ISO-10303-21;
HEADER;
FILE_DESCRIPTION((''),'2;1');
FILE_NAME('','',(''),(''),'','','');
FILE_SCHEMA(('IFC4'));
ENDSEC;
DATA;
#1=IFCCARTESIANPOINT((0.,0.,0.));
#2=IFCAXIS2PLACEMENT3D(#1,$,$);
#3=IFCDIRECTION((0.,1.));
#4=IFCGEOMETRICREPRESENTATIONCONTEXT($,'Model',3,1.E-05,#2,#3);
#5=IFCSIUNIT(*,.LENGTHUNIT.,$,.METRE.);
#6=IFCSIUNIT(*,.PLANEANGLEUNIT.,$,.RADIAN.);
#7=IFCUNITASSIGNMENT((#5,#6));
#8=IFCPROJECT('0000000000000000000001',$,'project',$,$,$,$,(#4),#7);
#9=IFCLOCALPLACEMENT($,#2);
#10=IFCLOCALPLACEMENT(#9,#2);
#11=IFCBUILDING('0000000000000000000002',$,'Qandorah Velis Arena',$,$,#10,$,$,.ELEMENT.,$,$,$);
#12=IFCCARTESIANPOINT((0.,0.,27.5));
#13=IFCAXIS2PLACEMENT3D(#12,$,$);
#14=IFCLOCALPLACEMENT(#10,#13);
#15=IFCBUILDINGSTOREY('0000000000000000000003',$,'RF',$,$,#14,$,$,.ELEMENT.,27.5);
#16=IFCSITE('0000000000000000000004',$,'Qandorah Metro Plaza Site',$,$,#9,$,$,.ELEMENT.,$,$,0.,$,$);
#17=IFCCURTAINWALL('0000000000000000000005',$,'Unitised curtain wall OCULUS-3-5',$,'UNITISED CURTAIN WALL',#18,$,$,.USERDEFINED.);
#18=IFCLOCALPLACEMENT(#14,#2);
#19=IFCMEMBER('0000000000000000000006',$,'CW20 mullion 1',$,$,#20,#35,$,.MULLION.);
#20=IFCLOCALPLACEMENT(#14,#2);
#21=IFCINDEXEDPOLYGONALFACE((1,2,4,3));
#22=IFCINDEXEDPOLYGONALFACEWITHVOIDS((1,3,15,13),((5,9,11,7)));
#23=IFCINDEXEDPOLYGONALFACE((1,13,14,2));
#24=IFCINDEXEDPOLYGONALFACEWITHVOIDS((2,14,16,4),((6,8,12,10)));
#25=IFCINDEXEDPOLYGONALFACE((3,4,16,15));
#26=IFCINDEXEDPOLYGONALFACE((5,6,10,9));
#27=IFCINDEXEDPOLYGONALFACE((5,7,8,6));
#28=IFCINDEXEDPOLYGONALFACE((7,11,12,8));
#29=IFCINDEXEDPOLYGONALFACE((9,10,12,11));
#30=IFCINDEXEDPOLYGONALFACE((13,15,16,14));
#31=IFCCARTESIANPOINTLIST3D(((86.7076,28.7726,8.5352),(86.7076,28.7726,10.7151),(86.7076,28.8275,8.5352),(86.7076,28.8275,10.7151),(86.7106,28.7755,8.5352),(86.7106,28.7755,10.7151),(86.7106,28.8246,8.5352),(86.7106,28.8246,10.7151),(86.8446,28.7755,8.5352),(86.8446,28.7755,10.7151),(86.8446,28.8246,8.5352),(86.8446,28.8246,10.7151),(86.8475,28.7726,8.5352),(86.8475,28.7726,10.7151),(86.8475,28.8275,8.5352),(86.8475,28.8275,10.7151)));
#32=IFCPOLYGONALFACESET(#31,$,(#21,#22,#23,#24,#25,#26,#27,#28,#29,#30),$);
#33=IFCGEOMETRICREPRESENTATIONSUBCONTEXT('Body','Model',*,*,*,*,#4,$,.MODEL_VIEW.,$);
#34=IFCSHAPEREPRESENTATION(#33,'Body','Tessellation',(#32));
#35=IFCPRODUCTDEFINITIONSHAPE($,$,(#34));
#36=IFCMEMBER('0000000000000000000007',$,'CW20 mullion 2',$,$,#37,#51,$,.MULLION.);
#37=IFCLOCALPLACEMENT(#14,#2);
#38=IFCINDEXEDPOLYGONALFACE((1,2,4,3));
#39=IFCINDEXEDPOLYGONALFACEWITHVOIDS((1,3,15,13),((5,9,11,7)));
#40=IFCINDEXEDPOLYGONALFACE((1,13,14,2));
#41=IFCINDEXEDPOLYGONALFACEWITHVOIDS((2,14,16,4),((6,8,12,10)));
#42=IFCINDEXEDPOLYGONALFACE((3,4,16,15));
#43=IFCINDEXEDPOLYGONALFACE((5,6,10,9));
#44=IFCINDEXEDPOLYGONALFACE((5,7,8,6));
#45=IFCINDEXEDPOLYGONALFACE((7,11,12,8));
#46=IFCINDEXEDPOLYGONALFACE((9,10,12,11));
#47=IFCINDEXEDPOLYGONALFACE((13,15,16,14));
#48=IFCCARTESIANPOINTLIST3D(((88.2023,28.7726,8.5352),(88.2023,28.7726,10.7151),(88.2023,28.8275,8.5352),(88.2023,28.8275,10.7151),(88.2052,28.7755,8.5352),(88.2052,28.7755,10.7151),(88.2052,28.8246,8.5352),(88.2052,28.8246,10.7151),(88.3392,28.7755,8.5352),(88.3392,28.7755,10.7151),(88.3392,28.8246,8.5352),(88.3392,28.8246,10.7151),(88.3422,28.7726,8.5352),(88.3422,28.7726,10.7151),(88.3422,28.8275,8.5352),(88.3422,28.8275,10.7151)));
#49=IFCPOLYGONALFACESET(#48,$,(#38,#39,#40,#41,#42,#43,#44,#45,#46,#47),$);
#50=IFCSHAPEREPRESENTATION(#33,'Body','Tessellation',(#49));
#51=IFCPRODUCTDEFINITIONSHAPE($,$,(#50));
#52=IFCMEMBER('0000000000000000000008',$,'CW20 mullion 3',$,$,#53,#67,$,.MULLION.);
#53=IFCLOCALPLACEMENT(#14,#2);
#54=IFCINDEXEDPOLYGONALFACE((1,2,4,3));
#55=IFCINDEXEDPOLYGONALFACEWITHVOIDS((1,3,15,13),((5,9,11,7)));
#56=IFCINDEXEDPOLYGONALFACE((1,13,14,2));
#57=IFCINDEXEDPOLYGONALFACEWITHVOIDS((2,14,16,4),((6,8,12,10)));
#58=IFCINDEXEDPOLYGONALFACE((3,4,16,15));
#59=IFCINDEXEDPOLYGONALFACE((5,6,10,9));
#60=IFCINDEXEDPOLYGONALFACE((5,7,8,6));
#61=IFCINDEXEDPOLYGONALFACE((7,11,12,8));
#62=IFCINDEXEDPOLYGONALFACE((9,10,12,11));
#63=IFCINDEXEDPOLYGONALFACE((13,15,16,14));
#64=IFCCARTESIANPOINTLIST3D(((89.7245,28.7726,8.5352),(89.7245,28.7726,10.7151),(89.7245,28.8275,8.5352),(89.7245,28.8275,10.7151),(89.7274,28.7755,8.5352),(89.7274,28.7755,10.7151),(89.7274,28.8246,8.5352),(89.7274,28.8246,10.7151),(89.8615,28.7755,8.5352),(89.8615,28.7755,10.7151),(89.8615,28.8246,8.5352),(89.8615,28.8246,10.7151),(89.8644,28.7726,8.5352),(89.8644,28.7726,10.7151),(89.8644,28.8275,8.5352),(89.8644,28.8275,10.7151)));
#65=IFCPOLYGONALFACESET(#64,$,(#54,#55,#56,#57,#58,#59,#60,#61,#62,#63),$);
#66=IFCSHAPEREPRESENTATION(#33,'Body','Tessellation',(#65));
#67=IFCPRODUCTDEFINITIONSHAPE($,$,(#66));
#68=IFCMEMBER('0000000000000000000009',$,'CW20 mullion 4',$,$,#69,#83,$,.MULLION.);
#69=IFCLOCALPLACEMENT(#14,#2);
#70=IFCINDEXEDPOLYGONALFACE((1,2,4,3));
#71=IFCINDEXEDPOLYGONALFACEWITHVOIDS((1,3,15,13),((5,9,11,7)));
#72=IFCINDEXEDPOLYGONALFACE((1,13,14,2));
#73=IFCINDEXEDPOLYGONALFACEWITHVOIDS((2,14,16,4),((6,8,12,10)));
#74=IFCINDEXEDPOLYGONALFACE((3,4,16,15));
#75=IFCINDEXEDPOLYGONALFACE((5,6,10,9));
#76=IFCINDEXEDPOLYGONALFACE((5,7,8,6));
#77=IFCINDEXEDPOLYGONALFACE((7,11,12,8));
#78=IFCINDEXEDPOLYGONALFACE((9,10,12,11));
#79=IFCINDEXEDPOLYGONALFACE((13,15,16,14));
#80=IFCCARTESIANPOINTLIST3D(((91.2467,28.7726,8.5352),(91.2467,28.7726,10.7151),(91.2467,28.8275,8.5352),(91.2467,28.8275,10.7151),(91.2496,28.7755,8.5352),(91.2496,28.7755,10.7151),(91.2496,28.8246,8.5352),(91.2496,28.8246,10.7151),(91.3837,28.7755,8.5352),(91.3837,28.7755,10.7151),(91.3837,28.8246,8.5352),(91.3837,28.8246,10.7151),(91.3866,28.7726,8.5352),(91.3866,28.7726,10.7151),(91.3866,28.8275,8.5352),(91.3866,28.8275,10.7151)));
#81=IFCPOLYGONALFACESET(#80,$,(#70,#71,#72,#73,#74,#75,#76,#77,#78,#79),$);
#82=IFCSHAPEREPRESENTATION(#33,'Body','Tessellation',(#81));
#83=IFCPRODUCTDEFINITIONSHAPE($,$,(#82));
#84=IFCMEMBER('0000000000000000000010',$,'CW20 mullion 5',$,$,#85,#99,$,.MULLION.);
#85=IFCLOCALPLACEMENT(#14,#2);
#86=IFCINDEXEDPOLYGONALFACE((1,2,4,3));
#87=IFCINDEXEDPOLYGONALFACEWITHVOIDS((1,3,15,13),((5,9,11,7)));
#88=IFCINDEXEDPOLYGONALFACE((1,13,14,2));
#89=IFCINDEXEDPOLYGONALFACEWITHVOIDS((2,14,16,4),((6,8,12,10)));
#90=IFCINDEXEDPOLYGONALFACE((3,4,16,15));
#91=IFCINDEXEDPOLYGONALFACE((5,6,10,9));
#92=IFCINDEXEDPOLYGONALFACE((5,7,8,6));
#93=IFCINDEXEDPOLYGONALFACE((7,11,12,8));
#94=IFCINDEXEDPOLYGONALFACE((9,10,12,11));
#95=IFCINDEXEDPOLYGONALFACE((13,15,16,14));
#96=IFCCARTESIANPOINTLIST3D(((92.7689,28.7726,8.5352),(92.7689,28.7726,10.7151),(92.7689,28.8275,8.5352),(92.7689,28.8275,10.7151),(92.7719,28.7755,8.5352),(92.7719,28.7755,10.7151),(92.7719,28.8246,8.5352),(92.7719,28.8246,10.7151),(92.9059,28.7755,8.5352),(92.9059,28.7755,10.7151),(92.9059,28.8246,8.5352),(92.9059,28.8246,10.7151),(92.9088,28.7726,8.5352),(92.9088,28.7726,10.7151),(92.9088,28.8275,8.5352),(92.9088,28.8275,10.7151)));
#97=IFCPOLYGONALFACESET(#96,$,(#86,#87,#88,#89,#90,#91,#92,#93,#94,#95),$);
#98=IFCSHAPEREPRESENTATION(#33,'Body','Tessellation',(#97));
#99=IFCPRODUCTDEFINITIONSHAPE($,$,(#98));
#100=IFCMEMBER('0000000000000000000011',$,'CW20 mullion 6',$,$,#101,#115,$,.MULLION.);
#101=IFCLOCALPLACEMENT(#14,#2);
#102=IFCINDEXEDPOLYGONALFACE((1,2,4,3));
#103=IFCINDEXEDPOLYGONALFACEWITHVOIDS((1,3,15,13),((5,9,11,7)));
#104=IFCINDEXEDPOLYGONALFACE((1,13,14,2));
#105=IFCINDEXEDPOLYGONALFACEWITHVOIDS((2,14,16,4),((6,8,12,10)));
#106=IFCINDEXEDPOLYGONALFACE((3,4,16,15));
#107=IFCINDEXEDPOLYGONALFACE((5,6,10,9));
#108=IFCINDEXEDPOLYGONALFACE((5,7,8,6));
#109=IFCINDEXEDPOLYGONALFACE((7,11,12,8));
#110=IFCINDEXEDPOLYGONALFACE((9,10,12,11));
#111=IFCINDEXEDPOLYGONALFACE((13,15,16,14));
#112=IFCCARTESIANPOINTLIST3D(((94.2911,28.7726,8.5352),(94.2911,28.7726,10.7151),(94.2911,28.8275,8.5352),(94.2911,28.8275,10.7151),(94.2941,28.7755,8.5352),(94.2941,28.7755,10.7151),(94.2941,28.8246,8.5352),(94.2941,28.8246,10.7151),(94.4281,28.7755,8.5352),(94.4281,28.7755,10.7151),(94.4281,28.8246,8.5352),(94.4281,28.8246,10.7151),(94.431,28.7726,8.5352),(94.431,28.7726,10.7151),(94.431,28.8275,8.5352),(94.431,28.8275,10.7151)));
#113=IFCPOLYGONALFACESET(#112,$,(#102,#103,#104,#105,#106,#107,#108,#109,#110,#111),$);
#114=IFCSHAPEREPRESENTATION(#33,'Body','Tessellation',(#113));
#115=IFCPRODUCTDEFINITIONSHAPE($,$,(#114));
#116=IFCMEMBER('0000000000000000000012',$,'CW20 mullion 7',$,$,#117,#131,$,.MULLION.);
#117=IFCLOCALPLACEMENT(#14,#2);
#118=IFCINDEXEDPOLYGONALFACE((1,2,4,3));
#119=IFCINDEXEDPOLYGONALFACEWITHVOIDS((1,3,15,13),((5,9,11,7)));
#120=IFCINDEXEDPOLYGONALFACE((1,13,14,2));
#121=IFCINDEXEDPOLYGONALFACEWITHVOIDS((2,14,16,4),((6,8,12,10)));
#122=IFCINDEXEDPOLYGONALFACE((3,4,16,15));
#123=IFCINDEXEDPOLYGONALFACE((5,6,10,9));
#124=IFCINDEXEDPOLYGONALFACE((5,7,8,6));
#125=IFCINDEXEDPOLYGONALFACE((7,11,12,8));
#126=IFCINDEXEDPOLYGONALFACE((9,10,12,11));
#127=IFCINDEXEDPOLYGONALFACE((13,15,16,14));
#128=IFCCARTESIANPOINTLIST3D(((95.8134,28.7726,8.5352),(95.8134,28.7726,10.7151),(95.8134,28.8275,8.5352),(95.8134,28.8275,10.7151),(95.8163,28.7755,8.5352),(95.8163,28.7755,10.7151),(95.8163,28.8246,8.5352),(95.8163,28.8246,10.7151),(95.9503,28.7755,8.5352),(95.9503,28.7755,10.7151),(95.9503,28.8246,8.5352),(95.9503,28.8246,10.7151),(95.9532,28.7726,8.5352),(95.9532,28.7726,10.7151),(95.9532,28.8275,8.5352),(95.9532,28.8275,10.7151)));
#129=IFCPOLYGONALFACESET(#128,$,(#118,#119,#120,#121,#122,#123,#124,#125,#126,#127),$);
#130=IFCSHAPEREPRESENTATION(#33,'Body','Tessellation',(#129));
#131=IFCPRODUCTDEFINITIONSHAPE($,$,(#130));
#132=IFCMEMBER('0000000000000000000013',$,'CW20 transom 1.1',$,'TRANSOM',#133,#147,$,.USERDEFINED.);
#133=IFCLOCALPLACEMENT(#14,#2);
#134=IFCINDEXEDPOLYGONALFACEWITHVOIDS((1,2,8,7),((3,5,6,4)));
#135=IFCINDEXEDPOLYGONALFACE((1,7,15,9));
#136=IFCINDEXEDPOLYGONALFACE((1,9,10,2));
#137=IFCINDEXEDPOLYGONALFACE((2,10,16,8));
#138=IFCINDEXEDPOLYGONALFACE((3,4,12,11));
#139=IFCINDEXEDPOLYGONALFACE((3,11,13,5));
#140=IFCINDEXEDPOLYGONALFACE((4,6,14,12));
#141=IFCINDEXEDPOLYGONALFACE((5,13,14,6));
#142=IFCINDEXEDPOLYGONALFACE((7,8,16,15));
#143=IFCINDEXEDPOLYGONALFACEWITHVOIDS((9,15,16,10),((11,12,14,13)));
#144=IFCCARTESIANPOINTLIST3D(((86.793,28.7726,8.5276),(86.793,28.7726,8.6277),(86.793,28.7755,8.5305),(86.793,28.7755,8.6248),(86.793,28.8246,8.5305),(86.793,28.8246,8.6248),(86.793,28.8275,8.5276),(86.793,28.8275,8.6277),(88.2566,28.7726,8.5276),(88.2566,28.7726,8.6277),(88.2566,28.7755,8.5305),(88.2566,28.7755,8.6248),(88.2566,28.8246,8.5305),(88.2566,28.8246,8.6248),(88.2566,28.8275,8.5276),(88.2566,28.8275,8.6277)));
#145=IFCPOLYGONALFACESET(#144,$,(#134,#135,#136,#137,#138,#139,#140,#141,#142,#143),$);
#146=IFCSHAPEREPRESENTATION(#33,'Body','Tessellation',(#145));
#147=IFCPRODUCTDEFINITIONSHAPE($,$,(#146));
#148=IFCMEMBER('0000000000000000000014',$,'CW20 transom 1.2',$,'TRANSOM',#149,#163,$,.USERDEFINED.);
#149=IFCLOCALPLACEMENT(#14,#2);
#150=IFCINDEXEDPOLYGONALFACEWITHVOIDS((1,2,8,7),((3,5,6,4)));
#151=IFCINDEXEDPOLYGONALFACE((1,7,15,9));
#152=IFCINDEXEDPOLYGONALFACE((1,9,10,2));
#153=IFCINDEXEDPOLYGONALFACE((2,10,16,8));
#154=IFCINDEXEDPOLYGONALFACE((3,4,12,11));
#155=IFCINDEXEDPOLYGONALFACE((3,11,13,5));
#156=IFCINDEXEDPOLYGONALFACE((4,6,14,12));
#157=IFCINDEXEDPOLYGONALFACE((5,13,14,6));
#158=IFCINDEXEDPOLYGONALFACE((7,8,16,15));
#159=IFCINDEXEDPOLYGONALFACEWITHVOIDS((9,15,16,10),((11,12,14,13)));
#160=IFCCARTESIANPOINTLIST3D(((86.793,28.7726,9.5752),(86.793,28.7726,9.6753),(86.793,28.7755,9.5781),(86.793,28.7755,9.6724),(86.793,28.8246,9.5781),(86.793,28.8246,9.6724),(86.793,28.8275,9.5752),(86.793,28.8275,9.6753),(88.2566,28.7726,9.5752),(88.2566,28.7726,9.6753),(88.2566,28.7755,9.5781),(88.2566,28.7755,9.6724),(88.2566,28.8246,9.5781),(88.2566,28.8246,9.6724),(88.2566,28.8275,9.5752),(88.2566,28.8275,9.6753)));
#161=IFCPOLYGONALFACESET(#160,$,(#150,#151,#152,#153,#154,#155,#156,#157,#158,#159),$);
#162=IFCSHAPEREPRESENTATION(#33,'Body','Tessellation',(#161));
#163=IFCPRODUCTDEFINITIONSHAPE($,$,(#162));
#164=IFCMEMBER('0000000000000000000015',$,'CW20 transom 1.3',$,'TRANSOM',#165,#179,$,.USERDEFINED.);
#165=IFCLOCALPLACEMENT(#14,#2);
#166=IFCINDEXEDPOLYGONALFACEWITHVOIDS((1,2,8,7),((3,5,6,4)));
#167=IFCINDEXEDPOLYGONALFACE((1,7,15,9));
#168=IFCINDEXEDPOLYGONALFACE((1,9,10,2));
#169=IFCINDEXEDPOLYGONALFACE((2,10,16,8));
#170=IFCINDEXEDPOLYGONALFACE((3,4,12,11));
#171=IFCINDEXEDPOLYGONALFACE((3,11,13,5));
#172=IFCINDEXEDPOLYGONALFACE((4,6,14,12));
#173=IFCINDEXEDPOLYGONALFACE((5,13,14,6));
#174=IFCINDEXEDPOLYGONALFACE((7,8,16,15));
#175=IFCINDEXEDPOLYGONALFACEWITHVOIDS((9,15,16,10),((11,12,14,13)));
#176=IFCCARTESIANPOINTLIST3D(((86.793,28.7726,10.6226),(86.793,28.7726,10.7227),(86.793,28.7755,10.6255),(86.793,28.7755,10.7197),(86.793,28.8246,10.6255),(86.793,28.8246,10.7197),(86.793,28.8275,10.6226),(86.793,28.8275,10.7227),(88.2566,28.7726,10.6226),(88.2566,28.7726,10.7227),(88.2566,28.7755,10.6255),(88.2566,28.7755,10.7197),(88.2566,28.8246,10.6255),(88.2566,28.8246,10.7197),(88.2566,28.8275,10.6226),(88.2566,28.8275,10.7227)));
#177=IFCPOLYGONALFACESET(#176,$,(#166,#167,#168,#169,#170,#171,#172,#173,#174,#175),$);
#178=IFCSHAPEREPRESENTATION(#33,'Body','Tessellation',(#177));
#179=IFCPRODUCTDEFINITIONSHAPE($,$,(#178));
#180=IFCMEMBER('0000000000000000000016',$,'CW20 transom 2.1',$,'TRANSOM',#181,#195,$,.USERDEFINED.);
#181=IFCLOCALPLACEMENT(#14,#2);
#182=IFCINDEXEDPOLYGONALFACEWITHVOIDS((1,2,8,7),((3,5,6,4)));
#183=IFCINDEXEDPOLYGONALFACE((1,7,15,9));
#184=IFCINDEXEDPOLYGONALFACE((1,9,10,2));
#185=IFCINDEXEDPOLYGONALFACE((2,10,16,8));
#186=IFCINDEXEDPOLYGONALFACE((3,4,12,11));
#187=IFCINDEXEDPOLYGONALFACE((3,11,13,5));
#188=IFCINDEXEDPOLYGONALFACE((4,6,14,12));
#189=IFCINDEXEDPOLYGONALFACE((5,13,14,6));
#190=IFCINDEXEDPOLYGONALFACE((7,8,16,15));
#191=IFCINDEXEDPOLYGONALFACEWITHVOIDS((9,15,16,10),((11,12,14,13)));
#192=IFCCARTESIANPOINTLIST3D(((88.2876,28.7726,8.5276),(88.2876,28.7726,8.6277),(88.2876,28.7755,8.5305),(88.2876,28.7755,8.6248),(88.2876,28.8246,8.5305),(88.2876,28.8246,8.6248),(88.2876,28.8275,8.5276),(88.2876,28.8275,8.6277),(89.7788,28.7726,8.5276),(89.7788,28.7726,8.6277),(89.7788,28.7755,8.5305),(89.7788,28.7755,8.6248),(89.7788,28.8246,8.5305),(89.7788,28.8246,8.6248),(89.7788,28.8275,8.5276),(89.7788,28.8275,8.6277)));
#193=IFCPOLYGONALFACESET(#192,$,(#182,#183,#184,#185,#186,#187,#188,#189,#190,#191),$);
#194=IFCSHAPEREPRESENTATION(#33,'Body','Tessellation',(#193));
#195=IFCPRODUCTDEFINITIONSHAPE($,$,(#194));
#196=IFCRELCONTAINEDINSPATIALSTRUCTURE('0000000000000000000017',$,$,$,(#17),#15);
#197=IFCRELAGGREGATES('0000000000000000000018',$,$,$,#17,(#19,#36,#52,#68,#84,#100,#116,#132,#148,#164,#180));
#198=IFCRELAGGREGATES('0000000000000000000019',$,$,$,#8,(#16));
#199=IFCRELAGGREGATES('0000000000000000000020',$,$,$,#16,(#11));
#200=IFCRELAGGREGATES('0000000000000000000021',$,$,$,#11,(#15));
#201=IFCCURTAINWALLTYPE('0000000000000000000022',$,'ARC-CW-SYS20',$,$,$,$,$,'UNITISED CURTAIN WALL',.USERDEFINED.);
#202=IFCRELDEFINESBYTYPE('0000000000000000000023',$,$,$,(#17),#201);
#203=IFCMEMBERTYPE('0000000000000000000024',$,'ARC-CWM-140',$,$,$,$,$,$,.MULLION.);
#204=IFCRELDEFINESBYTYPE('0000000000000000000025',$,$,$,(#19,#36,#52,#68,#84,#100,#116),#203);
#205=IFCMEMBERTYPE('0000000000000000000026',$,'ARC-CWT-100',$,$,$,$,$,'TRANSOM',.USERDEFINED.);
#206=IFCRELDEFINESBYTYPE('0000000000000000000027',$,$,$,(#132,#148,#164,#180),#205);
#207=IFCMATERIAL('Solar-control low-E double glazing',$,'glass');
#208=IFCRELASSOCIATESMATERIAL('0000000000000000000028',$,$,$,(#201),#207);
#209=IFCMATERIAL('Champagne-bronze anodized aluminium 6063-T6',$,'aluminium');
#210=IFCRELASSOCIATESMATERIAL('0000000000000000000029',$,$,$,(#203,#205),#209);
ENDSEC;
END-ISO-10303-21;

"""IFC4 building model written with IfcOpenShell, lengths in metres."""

from ifc_helpers import new_model, si_unit, direction, frame, origin, origin_2d, place, context, subcontext, project, spatial, hollow_rectangle, extrude, material, material_profile, profile_set, type_object, element, aggregate, save


model = new_model("IFC4")

# Units and contexts
model_context = context("Model", 3, precision=1e-05, world=origin(), true_north=direction((0.0, 1.0)))
body_context = subcontext(model_context, "Body", "Model", "MODEL_VIEW")
ifc_project = project(units=[si_unit("LENGTHUNIT", "METRE"), si_unit("PLANEANGLEUNIT", "RADIAN")], contexts=[model_context])

# Site, building, storey
site_placement = place(None, origin())
site = spatial("IfcSite", under=ifc_project, at=site_placement, Name="Qandorah Metro Plaza Site", CompositionType="ELEMENT", RefElevation=0.0)
building_placement = place(site_placement, origin())
building = spatial("IfcBuilding", under=site, at=building_placement, Name="Qandorah Velis Arena", CompositionType="ELEMENT")
storey_placement = place(building_placement, frame((0.0, 0.0, 27.5)))
storey = spatial("IfcBuildingStorey", under=building, at=storey_placement, Name="RF", CompositionType="ELEMENT", Elevation=27.5)

# Curtain wall, members
ifc_material_1 = material(Name="Solar-control low-E double glazing", Category="glass")
curtain_wall_type = type_object("IfcCurtainWallType", Name="ARC-CW-SYS20", ElementType="UNITISED CURTAIN WALL", PredefinedType="USERDEFINED", material=ifc_material_1)
curtain_wall_placement = place(storey_placement, origin())
curtain_wall = element("IfcCurtainWall", 1, at=curtain_wall_placement, inside=storey, type_object=curtain_wall_type, Name="Unitised curtain wall OCULUS-3-5", ObjectType="UNITISED CURTAIN WALL", PredefinedType="USERDEFINED")
ifc_material_2 = material(Name="Champagne-bronze anodized aluminium 6063-T6", Category="aluminium")
ifc_material_profile_1 = material_profile(ifc_material_2, hollow_rectangle(XDim=0.0549, YDim=0.1399, WallThickness=0.0029, at=origin_2d()), Name="ALU MULLION 55x140")
ifc_profile_set_1 = profile_set([ifc_material_profile_1], Name="Champagne-bronze anodized aluminium 6063-T6")
member_type_1 = type_object("IfcMemberType", Name="ARC-CWM-140", PredefinedType="MULLION", material=ifc_profile_set_1)
member_1_placement = place(storey_placement, frame((86.7776, 28.8, 8.5352), z_axis=(0.0, 0.0, 1.0), x_axis=(0.0, 1.0, 0.0)))
member_1 = element("IfcMember", 2, at=member_1_placement, type_object=member_type_1, Name="CW20 mullion 1", PredefinedType="MULLION", context=body_context, shape_type="SweptSolid", body=[
    extrude(hollow_rectangle(XDim=0.0549, YDim=0.1399, WallThickness=0.0029, at=origin_2d()), origin(), (0.0, 0.0, 1.0), 2.1799),
])
member_2_placement = place(storey_placement, frame((88.2722, 28.8, 8.5352), z_axis=(0.0, 0.0, 1.0), x_axis=(0.0, 1.0, 0.0)))
member_2 = element("IfcMember", 3, at=member_2_placement, type_object=member_type_1, Name="CW20 mullion 2", PredefinedType="MULLION", context=body_context, shape_type="SweptSolid", body=[
    extrude(hollow_rectangle(XDim=0.0549, YDim=0.1399, WallThickness=0.0029, at=origin_2d()), origin(), (0.0, 0.0, 1.0), 2.1799),
])
member_3_placement = place(storey_placement, frame((89.7944, 28.8, 8.5352), z_axis=(0.0, 0.0, 1.0), x_axis=(0.0, 1.0, 0.0)))
member_3 = element("IfcMember", 4, at=member_3_placement, type_object=member_type_1, Name="CW20 mullion 3", PredefinedType="MULLION", context=body_context, shape_type="SweptSolid", body=[
    extrude(hollow_rectangle(XDim=0.0549, YDim=0.1399, WallThickness=0.0029, at=origin_2d()), origin(), (0.0, 0.0, 1.0), 2.1799),
])
member_4_placement = place(storey_placement, frame((91.3167, 28.8, 8.5352), z_axis=(0.0, 0.0, 1.0), x_axis=(0.0, 1.0, 0.0)))
member_4 = element("IfcMember", 5, at=member_4_placement, type_object=member_type_1, Name="CW20 mullion 4", PredefinedType="MULLION", context=body_context, shape_type="SweptSolid", body=[
    extrude(hollow_rectangle(XDim=0.0549, YDim=0.1399, WallThickness=0.0029, at=origin_2d()), origin(), (0.0, 0.0, 1.0), 2.1799),
])
member_5_placement = place(storey_placement, frame((92.8389, 28.8, 8.5352), z_axis=(0.0, 0.0, 1.0), x_axis=(0.0, 1.0, 0.0)))
member_5 = element("IfcMember", 6, at=member_5_placement, type_object=member_type_1, Name="CW20 mullion 5", PredefinedType="MULLION", context=body_context, shape_type="SweptSolid", body=[
    extrude(hollow_rectangle(XDim=0.0549, YDim=0.1399, WallThickness=0.0029, at=origin_2d()), origin(), (0.0, 0.0, 1.0), 2.1799),
])
member_6_placement = place(storey_placement, frame((94.3611, 28.8, 8.5352), z_axis=(0.0, 0.0, 1.0), x_axis=(0.0, 1.0, 0.0)))
member_6 = element("IfcMember", 7, at=member_6_placement, type_object=member_type_1, Name="CW20 mullion 6", PredefinedType="MULLION", context=body_context, shape_type="SweptSolid", body=[
    extrude(hollow_rectangle(XDim=0.0549, YDim=0.1399, WallThickness=0.0029, at=origin_2d()), origin(), (0.0, 0.0, 1.0), 2.1799),
])
member_7_placement = place(storey_placement, frame((95.8833, 28.8, 8.5352), z_axis=(0.0, 0.0, 1.0), x_axis=(0.0, 1.0, 0.0)))
member_7 = element("IfcMember", 8, at=member_7_placement, type_object=member_type_1, Name="CW20 mullion 7", PredefinedType="MULLION", context=body_context, shape_type="SweptSolid", body=[
    extrude(hollow_rectangle(XDim=0.0549, YDim=0.1399, WallThickness=0.0029, at=origin_2d()), origin(), (0.0, 0.0, 1.0), 2.1799),
])
ifc_material_profile_2 = material_profile(ifc_material_2, hollow_rectangle(XDim=0.0549, YDim=0.1001, WallThickness=0.0029, at=origin_2d()), Name="ALU TRANSOM 55x100")
ifc_profile_set_2 = profile_set([ifc_material_profile_2], Name="Champagne-bronze anodized aluminium 6063-T6")
member_type_2 = type_object("IfcMemberType", Name="ARC-CWT-100", ElementType="TRANSOM", PredefinedType="USERDEFINED", material=ifc_profile_set_2)
member_8_placement = place(storey_placement, frame((86.793, 28.8, 8.5776), z_axis=(1.0, 0.0, 0.0), x_axis=(0.0, 1.0, 0.0)))
member_8 = element("IfcMember", 9, at=member_8_placement, type_object=member_type_2, Name="CW20 transom 1.1", ObjectType="TRANSOM", PredefinedType="USERDEFINED", context=body_context, shape_type="SweptSolid", body=[
    extrude(hollow_rectangle(XDim=0.0549, YDim=0.1001, WallThickness=0.0029, at=origin_2d()), origin(), (0.0, 0.0, 1.0), 1.4636),
])
member_9_placement = place(storey_placement, frame((86.793, 28.8, 9.6252), z_axis=(1.0, 0.0, 0.0), x_axis=(0.0, 1.0, 0.0)))
member_9 = element("IfcMember", 10, at=member_9_placement, type_object=member_type_2, Name="CW20 transom 1.2", ObjectType="TRANSOM", PredefinedType="USERDEFINED", context=body_context, shape_type="SweptSolid", body=[
    extrude(hollow_rectangle(XDim=0.0549, YDim=0.1001, WallThickness=0.0029, at=origin_2d()), origin(), (0.0, 0.0, 1.0), 1.4636),
])
member_10_placement = place(storey_placement, frame((86.793, 28.8, 10.6726), z_axis=(1.0, 0.0, 0.0), x_axis=(0.0, 1.0, 0.0)))
member_10 = element("IfcMember", 11, at=member_10_placement, type_object=member_type_2, Name="CW20 transom 1.3", ObjectType="TRANSOM", PredefinedType="USERDEFINED", context=body_context, shape_type="SweptSolid", body=[
    extrude(hollow_rectangle(XDim=0.0549, YDim=0.1001, WallThickness=0.0029, at=origin_2d()), origin(), (0.0, 0.0, 1.0), 1.4636),
])
member_11_placement = place(storey_placement, frame((88.2876, 28.8, 8.5776), z_axis=(1.0, 0.0, 0.0), x_axis=(0.0, 1.0, 0.0)))
member_11 = element("IfcMember", 12, at=member_11_placement, type_object=member_type_2, Name="CW20 transom 2.1", ObjectType="TRANSOM", PredefinedType="USERDEFINED", context=body_context, shape_type="SweptSolid", body=[
    extrude(hollow_rectangle(XDim=0.0549, YDim=0.1001, WallThickness=0.0029, at=origin_2d()), origin(), (0.0, 0.0, 1.0), 1.4912),
])
aggregate(curtain_wall, [member_1, member_2, member_3, member_4, member_5, member_6, member_7, member_8, member_9, member_10, member_11])

save(model, "model.ifc")
